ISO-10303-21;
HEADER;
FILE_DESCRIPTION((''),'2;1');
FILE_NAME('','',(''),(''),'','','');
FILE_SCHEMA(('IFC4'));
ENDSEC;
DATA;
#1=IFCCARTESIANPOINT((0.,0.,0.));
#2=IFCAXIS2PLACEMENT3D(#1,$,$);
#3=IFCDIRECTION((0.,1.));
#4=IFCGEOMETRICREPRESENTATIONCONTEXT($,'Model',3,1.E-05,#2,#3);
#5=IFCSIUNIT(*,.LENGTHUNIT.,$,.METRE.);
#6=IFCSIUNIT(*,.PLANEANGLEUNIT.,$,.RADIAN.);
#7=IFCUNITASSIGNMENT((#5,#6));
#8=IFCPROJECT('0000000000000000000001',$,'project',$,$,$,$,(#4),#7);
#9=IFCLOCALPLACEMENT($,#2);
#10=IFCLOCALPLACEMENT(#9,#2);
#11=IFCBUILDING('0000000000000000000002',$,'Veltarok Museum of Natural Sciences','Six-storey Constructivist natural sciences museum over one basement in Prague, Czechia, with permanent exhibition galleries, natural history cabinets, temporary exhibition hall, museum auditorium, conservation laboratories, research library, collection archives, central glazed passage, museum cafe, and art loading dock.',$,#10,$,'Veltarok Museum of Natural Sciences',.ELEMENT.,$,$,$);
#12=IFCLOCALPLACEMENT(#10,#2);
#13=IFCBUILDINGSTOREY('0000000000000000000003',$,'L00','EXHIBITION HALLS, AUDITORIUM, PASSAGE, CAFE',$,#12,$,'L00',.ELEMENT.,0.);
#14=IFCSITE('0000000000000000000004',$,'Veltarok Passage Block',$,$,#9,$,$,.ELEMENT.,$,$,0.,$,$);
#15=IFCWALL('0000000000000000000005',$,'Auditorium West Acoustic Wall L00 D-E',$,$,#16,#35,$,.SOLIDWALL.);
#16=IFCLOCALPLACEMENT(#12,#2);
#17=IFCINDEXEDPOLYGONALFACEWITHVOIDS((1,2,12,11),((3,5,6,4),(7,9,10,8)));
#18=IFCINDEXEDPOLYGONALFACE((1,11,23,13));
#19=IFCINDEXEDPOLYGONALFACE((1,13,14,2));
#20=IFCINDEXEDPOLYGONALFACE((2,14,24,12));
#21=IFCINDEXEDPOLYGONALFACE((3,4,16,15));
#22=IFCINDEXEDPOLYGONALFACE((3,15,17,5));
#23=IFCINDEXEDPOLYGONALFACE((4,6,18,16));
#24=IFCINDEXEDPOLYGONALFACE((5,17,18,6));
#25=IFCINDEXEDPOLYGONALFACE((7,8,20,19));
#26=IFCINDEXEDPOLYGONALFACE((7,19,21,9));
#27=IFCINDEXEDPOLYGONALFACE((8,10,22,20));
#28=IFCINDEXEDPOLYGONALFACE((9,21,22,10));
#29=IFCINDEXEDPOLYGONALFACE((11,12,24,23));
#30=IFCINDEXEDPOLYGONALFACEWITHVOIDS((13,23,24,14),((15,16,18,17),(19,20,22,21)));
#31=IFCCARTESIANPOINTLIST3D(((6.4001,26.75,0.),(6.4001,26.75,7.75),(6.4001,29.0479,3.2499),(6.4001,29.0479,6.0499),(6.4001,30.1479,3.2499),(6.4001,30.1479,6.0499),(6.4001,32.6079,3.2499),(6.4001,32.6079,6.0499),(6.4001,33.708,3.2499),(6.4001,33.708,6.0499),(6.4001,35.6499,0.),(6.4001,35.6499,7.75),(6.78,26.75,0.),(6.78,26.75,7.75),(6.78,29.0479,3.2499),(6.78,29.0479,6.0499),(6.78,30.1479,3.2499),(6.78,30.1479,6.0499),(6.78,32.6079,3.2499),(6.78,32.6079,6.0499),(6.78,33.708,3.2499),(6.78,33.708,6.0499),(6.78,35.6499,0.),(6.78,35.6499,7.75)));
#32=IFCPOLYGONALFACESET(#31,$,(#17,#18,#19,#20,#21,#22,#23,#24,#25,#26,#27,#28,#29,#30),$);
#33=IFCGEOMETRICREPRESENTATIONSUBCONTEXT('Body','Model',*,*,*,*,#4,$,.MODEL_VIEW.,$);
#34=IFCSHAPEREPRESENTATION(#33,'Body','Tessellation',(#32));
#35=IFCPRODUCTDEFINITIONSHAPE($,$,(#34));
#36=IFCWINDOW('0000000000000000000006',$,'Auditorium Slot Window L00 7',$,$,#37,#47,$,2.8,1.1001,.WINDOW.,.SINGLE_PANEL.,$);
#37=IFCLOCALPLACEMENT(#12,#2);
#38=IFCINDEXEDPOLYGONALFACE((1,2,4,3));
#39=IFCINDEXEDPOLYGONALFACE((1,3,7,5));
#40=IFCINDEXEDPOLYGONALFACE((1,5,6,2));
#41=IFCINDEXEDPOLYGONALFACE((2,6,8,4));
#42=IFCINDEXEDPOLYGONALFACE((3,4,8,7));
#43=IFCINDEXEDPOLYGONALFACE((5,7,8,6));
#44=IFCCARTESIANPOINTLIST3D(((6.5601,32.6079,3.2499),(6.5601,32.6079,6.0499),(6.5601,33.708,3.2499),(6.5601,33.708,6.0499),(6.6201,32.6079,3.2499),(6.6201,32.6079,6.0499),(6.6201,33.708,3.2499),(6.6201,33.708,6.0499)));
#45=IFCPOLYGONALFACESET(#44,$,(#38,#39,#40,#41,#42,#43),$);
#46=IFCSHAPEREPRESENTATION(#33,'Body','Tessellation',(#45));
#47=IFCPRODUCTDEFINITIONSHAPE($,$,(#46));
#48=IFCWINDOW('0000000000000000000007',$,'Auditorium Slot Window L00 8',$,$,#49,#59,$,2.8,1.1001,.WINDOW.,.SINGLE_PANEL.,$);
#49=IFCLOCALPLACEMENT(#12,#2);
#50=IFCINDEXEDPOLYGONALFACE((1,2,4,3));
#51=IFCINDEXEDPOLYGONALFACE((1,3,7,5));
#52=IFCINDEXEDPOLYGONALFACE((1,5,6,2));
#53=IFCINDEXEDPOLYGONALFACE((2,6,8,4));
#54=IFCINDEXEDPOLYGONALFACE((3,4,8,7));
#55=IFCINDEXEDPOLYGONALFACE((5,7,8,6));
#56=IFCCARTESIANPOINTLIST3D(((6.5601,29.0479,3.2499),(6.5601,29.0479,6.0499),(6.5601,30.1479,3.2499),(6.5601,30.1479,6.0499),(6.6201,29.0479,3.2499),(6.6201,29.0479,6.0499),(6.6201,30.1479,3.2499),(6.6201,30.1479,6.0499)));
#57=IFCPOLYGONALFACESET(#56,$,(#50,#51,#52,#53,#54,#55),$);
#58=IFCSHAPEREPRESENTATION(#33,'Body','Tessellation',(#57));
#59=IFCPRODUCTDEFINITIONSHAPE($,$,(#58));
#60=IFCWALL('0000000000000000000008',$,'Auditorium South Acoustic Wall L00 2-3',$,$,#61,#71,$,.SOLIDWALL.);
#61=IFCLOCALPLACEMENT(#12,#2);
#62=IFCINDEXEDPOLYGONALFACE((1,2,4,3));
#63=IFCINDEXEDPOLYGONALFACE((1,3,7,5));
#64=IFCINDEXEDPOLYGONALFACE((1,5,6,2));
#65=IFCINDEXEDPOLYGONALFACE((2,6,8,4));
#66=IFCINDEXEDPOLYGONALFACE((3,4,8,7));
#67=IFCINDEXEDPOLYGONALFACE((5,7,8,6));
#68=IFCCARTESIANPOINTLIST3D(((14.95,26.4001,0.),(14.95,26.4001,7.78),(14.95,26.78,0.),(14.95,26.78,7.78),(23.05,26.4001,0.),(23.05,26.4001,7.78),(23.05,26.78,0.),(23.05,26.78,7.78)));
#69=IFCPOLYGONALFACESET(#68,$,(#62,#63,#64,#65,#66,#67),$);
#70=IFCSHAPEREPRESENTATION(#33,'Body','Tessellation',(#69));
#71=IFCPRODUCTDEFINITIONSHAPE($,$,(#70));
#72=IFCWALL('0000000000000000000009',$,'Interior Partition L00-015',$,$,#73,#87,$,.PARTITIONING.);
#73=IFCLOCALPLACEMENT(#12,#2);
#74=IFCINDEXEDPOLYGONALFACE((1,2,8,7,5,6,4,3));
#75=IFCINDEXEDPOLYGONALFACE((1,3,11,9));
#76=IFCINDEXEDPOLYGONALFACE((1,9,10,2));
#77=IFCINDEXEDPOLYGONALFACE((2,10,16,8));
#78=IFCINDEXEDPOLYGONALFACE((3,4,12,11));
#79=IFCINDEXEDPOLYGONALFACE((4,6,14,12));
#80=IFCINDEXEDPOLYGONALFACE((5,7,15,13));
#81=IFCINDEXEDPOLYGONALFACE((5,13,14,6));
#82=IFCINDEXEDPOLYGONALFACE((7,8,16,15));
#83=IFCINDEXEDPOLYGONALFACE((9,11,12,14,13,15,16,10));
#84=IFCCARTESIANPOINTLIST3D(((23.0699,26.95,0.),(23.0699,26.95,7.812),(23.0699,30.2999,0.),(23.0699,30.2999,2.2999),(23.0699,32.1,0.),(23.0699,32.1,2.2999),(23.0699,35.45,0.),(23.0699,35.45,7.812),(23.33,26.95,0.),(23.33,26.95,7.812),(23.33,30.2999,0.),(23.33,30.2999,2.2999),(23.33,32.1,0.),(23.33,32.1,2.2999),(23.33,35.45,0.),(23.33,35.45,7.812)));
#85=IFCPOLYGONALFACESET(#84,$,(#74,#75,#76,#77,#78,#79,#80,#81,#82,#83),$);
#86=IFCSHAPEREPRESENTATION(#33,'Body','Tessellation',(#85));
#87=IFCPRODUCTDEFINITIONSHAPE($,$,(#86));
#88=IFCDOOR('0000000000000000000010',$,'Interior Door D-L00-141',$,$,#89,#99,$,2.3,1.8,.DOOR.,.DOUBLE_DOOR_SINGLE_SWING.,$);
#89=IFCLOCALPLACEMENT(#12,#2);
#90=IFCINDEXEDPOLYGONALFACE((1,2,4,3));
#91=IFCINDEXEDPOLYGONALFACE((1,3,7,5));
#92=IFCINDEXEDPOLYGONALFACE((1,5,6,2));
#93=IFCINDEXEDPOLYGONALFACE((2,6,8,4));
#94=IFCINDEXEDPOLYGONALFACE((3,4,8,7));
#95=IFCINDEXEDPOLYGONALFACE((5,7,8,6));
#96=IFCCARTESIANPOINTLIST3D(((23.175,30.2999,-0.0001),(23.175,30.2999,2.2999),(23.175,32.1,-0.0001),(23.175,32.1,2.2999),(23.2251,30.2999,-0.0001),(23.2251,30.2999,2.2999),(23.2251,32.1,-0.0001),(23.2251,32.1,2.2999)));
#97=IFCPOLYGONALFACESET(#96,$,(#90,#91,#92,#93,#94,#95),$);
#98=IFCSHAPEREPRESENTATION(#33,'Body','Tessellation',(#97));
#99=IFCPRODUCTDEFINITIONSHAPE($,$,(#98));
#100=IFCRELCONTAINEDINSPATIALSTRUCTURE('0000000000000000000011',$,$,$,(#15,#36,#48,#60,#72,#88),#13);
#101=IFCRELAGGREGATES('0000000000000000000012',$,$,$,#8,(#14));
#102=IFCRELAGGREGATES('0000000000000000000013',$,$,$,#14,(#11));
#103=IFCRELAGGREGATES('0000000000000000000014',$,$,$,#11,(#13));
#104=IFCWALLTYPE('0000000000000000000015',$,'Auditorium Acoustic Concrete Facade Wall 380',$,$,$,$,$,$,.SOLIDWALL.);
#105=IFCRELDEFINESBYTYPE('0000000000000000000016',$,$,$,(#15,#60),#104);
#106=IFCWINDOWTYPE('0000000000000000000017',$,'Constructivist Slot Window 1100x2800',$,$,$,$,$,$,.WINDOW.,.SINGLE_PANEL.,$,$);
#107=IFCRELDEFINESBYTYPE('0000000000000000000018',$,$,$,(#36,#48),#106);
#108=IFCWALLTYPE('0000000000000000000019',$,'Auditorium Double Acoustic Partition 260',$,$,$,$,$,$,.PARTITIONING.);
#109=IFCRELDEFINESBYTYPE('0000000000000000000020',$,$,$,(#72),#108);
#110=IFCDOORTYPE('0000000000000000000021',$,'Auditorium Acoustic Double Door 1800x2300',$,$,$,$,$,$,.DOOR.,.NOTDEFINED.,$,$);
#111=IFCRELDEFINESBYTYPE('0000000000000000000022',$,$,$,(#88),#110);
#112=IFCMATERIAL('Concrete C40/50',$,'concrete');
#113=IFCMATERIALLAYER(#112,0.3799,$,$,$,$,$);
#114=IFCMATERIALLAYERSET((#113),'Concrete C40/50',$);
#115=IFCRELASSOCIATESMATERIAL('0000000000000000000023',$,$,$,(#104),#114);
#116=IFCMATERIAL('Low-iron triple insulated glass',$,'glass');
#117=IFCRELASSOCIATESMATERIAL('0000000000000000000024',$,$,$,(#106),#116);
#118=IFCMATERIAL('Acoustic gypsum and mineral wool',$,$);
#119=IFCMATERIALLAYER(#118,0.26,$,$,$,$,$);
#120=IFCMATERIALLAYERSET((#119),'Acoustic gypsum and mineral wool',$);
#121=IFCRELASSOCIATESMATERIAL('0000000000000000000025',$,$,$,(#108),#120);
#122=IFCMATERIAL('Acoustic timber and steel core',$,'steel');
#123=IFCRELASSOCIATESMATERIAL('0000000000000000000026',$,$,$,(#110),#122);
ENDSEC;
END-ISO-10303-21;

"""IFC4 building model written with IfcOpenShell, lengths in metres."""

from ifc_helpers import new_model, si_unit, direction, frame, frame_2d, origin, place, context, subcontext, project, spatial, rectangle, extrude, material, layer, layer_set, type_object, element, fill, save


model = new_model("IFC4")

# Units and contexts
model_context = context("Model", 3, precision=1e-05, world=origin(), true_north=direction((0.0, 1.0)))
body_context = subcontext(model_context, "Body", "Model", "MODEL_VIEW")
ifc_project = project(units=[si_unit("LENGTHUNIT", "METRE"), si_unit("PLANEANGLEUNIT", "RADIAN")], contexts=[model_context])

# Site, building, storey
site_placement = place(None, origin())
site = spatial("IfcSite", under=ifc_project, at=site_placement, Name="Veltarok Passage Block", CompositionType="ELEMENT", RefElevation=0.0)
building_placement = place(site_placement, origin())
building = spatial("IfcBuilding", under=site, at=building_placement, Name="Veltarok Museum of Natural Sciences", Description="Six-storey Constructivist natural sciences museum over one basement in Prague, Czechia, with permanent exhibition galleries, natural history cabinets, temporary exhibition hall, museum auditorium, conservation laboratories, research library, collection archives, central glazed passage, museum cafe, and art loading dock.", LongName="Veltarok Museum of Natural Sciences", CompositionType="ELEMENT")
storey_placement = place(building_placement, origin())
storey = spatial("IfcBuildingStorey", under=building, at=storey_placement, Name="L00", Description="EXHIBITION HALLS, AUDITORIUM, PASSAGE, CAFE", LongName="L00", CompositionType="ELEMENT", Elevation=0.0)

# Wall, openings, windows
ifc_material_1 = material(Name="Concrete C40/50", Category="concrete")
ifc_layer_1 = layer(ifc_material_1, 0.3799)
ifc_layer_set_1 = layer_set([ifc_layer_1], Name="Concrete C40/50")
wall_type_1 = type_object("IfcWallType", Name="Auditorium Acoustic Concrete Facade Wall 380", PredefinedType="SOLIDWALL", material=ifc_layer_set_1)
wall_1_placement = place(storey_placement, frame((6.5901, 35.6499, 0.0), z_axis=(0.0, 0.0, 1.0), x_axis=(0.0, -1.0, 0.0)))
wall_1 = element("IfcWall", 1, at=wall_1_placement, inside=storey, type_object=wall_type_1, Name="Auditorium West Acoustic Wall L00 D-E", PredefinedType="SOLIDWALL", context=body_context, shape_type="SweptSolid", body=[
    extrude(rectangle(XDim=8.8999, YDim=0.3799, at=frame_2d((4.45, 0.0))), origin(), (0.0, 0.0, 1.0), 7.75),
])
opening_1_placement = place(wall_1_placement, frame((1.9419, 0.0, 3.25)))
opening_1 = element("IfcOpeningElement", 2, at=opening_1_placement, cuts=wall_1, PredefinedType="OPENING", context=body_context, shape_type="SweptSolid", body=[
    extrude(rectangle(XDim=1.1001, YDim=2.8, at=frame_2d((0.55, 1.3999))), frame((0.0, 0.2, 0.0), z_axis=(0.0, -1.0, 0.0), x_axis=(1.0, 0.0, 0.0)), (0.0, 0.0, 1.0), 0.3999),
])
opening_2_placement = place(wall_1_placement, frame((5.502, 0.0, 3.25)))
opening_2 = element("IfcOpeningElement", 3, at=opening_2_placement, cuts=wall_1, PredefinedType="OPENING", context=body_context, shape_type="SweptSolid", body=[
    extrude(rectangle(XDim=1.1001, YDim=2.8, at=frame_2d((0.55, 1.3999))), frame((0.0, 0.2, 0.0), z_axis=(0.0, -1.0, 0.0), x_axis=(1.0, 0.0, 0.0)), (0.0, 0.0, 1.0), 0.3999),
])
ifc_material_2 = material(Name="Low-iron triple insulated glass", Category="glass")
window_type = type_object("IfcWindowType", Name="Constructivist Slot Window 1100x2800", PartitioningType="SINGLE_PANEL", PredefinedType="WINDOW", material=ifc_material_2)
window_1_placement = place(opening_1_placement, origin())
window_1 = element("IfcWindow", 4, at=window_1_placement, inside=storey, type_object=window_type, Name="Auditorium Slot Window L00 7", OverallHeight=2.8, OverallWidth=1.1001, PartitioningType="SINGLE_PANEL", PredefinedType="WINDOW", context=body_context, shape_type="SweptSolid", body=[
    extrude(rectangle(XDim=1.1001, YDim=2.8, at=frame_2d((0.55, 1.3999))), frame((0.0, 0.03, 0.0), z_axis=(0.0, -1.0, 0.0), x_axis=(1.0, 0.0, 0.0)), (0.0, 0.0, 1.0), 0.0601),
])
fill(opening_1, window_1)
window_2_placement = place(opening_2_placement, origin())
window_2 = element("IfcWindow", 5, at=window_2_placement, inside=storey, type_object=window_type, Name="Auditorium Slot Window L00 8", OverallHeight=2.8, OverallWidth=1.1001, PartitioningType="SINGLE_PANEL", PredefinedType="WINDOW", context=body_context, shape_type="SweptSolid", body=[
    extrude(rectangle(XDim=1.1001, YDim=2.8, at=frame_2d((0.55, 1.3999))), frame((0.0, 0.03, 0.0), z_axis=(0.0, -1.0, 0.0), x_axis=(1.0, 0.0, 0.0)), (0.0, 0.0, 1.0), 0.0601),
])
fill(opening_2, window_2)

# Wall
wall_2_placement = place(storey_placement, frame((14.95, 26.5901, 0.0), z_axis=(0.0, 0.0, 1.0), x_axis=(1.0, 0.0, 0.0)))
element("IfcWall", 6, at=wall_2_placement, inside=storey, type_object=wall_type_1, Name="Auditorium South Acoustic Wall L00 2-3", PredefinedType="SOLIDWALL", context=body_context, shape_type="SweptSolid", body=[
    extrude(rectangle(XDim=8.1001, YDim=0.3799, at=frame_2d((4.05, 0.0))), origin(), (0.0, 0.0, 1.0), 7.78),
])

# Wall, opening, door
ifc_material_3 = material(Name="Acoustic gypsum and mineral wool")
ifc_layer_2 = layer(ifc_material_3, 0.26)
ifc_layer_set_2 = layer_set([ifc_layer_2], Name="Acoustic gypsum and mineral wool")
wall_type_2 = type_object("IfcWallType", Name="Auditorium Double Acoustic Partition 260", PredefinedType="PARTITIONING", material=ifc_layer_set_2)
wall_3_placement = place(storey_placement, frame((23.2, 26.95, 0.0), z_axis=(0.0, 0.0, 1.0), x_axis=(0.0, 1.0, 0.0)))
wall_3 = element("IfcWall", 7, at=wall_3_placement, inside=storey, type_object=wall_type_2, Name="Interior Partition L00-015", PredefinedType="PARTITIONING", context=body_context, shape_type="SweptSolid", body=[
    extrude(rectangle(XDim=8.5, YDim=0.26, at=frame_2d((4.25, 0.0))), origin(), (0.0, 0.0, 1.0), 7.812),
])
opening_3_placement = place(wall_3_placement, frame((3.3501, 0.0, 0.0)))
opening_3 = element("IfcOpeningElement", 8, at=opening_3_placement, cuts=wall_3, PredefinedType="OPENING", context=body_context, shape_type="SweptSolid", body=[
    extrude(rectangle(XDim=1.8, YDim=2.3, at=frame_2d((0.8999, 1.1499))), frame((0.0, 0.1401, 0.0), z_axis=(0.0, -1.0, 0.0), x_axis=(1.0, 0.0, 0.0)), (0.0, 0.0, 1.0), 0.28),
])
ifc_material_4 = material(Name="Acoustic timber and steel core", Category="steel")
door_type = type_object("IfcDoorType", Name="Auditorium Acoustic Double Door 1800x2300", OperationType="NOTDEFINED", PredefinedType="DOOR", material=ifc_material_4)
door_placement = place(opening_3_placement, origin())
door = element("IfcDoor", 9, at=door_placement, inside=storey, type_object=door_type, Name="Interior Door D-L00-141", OperationType="DOUBLE_DOOR_SINGLE_SWING", OverallHeight=2.3, OverallWidth=1.8, PredefinedType="DOOR", context=body_context, shape_type="SweptSolid", body=[
    extrude(rectangle(XDim=1.8, YDim=2.3, at=frame_2d((0.8999, 1.1499))), frame((0.0, 0.0249, 0.0), z_axis=(0.0, -1.0, 0.0), x_axis=(1.0, 0.0, 0.0)), (0.0, 0.0, 1.0), 0.05),
])
fill(opening_3, door)

save(model, "model.ifc")
